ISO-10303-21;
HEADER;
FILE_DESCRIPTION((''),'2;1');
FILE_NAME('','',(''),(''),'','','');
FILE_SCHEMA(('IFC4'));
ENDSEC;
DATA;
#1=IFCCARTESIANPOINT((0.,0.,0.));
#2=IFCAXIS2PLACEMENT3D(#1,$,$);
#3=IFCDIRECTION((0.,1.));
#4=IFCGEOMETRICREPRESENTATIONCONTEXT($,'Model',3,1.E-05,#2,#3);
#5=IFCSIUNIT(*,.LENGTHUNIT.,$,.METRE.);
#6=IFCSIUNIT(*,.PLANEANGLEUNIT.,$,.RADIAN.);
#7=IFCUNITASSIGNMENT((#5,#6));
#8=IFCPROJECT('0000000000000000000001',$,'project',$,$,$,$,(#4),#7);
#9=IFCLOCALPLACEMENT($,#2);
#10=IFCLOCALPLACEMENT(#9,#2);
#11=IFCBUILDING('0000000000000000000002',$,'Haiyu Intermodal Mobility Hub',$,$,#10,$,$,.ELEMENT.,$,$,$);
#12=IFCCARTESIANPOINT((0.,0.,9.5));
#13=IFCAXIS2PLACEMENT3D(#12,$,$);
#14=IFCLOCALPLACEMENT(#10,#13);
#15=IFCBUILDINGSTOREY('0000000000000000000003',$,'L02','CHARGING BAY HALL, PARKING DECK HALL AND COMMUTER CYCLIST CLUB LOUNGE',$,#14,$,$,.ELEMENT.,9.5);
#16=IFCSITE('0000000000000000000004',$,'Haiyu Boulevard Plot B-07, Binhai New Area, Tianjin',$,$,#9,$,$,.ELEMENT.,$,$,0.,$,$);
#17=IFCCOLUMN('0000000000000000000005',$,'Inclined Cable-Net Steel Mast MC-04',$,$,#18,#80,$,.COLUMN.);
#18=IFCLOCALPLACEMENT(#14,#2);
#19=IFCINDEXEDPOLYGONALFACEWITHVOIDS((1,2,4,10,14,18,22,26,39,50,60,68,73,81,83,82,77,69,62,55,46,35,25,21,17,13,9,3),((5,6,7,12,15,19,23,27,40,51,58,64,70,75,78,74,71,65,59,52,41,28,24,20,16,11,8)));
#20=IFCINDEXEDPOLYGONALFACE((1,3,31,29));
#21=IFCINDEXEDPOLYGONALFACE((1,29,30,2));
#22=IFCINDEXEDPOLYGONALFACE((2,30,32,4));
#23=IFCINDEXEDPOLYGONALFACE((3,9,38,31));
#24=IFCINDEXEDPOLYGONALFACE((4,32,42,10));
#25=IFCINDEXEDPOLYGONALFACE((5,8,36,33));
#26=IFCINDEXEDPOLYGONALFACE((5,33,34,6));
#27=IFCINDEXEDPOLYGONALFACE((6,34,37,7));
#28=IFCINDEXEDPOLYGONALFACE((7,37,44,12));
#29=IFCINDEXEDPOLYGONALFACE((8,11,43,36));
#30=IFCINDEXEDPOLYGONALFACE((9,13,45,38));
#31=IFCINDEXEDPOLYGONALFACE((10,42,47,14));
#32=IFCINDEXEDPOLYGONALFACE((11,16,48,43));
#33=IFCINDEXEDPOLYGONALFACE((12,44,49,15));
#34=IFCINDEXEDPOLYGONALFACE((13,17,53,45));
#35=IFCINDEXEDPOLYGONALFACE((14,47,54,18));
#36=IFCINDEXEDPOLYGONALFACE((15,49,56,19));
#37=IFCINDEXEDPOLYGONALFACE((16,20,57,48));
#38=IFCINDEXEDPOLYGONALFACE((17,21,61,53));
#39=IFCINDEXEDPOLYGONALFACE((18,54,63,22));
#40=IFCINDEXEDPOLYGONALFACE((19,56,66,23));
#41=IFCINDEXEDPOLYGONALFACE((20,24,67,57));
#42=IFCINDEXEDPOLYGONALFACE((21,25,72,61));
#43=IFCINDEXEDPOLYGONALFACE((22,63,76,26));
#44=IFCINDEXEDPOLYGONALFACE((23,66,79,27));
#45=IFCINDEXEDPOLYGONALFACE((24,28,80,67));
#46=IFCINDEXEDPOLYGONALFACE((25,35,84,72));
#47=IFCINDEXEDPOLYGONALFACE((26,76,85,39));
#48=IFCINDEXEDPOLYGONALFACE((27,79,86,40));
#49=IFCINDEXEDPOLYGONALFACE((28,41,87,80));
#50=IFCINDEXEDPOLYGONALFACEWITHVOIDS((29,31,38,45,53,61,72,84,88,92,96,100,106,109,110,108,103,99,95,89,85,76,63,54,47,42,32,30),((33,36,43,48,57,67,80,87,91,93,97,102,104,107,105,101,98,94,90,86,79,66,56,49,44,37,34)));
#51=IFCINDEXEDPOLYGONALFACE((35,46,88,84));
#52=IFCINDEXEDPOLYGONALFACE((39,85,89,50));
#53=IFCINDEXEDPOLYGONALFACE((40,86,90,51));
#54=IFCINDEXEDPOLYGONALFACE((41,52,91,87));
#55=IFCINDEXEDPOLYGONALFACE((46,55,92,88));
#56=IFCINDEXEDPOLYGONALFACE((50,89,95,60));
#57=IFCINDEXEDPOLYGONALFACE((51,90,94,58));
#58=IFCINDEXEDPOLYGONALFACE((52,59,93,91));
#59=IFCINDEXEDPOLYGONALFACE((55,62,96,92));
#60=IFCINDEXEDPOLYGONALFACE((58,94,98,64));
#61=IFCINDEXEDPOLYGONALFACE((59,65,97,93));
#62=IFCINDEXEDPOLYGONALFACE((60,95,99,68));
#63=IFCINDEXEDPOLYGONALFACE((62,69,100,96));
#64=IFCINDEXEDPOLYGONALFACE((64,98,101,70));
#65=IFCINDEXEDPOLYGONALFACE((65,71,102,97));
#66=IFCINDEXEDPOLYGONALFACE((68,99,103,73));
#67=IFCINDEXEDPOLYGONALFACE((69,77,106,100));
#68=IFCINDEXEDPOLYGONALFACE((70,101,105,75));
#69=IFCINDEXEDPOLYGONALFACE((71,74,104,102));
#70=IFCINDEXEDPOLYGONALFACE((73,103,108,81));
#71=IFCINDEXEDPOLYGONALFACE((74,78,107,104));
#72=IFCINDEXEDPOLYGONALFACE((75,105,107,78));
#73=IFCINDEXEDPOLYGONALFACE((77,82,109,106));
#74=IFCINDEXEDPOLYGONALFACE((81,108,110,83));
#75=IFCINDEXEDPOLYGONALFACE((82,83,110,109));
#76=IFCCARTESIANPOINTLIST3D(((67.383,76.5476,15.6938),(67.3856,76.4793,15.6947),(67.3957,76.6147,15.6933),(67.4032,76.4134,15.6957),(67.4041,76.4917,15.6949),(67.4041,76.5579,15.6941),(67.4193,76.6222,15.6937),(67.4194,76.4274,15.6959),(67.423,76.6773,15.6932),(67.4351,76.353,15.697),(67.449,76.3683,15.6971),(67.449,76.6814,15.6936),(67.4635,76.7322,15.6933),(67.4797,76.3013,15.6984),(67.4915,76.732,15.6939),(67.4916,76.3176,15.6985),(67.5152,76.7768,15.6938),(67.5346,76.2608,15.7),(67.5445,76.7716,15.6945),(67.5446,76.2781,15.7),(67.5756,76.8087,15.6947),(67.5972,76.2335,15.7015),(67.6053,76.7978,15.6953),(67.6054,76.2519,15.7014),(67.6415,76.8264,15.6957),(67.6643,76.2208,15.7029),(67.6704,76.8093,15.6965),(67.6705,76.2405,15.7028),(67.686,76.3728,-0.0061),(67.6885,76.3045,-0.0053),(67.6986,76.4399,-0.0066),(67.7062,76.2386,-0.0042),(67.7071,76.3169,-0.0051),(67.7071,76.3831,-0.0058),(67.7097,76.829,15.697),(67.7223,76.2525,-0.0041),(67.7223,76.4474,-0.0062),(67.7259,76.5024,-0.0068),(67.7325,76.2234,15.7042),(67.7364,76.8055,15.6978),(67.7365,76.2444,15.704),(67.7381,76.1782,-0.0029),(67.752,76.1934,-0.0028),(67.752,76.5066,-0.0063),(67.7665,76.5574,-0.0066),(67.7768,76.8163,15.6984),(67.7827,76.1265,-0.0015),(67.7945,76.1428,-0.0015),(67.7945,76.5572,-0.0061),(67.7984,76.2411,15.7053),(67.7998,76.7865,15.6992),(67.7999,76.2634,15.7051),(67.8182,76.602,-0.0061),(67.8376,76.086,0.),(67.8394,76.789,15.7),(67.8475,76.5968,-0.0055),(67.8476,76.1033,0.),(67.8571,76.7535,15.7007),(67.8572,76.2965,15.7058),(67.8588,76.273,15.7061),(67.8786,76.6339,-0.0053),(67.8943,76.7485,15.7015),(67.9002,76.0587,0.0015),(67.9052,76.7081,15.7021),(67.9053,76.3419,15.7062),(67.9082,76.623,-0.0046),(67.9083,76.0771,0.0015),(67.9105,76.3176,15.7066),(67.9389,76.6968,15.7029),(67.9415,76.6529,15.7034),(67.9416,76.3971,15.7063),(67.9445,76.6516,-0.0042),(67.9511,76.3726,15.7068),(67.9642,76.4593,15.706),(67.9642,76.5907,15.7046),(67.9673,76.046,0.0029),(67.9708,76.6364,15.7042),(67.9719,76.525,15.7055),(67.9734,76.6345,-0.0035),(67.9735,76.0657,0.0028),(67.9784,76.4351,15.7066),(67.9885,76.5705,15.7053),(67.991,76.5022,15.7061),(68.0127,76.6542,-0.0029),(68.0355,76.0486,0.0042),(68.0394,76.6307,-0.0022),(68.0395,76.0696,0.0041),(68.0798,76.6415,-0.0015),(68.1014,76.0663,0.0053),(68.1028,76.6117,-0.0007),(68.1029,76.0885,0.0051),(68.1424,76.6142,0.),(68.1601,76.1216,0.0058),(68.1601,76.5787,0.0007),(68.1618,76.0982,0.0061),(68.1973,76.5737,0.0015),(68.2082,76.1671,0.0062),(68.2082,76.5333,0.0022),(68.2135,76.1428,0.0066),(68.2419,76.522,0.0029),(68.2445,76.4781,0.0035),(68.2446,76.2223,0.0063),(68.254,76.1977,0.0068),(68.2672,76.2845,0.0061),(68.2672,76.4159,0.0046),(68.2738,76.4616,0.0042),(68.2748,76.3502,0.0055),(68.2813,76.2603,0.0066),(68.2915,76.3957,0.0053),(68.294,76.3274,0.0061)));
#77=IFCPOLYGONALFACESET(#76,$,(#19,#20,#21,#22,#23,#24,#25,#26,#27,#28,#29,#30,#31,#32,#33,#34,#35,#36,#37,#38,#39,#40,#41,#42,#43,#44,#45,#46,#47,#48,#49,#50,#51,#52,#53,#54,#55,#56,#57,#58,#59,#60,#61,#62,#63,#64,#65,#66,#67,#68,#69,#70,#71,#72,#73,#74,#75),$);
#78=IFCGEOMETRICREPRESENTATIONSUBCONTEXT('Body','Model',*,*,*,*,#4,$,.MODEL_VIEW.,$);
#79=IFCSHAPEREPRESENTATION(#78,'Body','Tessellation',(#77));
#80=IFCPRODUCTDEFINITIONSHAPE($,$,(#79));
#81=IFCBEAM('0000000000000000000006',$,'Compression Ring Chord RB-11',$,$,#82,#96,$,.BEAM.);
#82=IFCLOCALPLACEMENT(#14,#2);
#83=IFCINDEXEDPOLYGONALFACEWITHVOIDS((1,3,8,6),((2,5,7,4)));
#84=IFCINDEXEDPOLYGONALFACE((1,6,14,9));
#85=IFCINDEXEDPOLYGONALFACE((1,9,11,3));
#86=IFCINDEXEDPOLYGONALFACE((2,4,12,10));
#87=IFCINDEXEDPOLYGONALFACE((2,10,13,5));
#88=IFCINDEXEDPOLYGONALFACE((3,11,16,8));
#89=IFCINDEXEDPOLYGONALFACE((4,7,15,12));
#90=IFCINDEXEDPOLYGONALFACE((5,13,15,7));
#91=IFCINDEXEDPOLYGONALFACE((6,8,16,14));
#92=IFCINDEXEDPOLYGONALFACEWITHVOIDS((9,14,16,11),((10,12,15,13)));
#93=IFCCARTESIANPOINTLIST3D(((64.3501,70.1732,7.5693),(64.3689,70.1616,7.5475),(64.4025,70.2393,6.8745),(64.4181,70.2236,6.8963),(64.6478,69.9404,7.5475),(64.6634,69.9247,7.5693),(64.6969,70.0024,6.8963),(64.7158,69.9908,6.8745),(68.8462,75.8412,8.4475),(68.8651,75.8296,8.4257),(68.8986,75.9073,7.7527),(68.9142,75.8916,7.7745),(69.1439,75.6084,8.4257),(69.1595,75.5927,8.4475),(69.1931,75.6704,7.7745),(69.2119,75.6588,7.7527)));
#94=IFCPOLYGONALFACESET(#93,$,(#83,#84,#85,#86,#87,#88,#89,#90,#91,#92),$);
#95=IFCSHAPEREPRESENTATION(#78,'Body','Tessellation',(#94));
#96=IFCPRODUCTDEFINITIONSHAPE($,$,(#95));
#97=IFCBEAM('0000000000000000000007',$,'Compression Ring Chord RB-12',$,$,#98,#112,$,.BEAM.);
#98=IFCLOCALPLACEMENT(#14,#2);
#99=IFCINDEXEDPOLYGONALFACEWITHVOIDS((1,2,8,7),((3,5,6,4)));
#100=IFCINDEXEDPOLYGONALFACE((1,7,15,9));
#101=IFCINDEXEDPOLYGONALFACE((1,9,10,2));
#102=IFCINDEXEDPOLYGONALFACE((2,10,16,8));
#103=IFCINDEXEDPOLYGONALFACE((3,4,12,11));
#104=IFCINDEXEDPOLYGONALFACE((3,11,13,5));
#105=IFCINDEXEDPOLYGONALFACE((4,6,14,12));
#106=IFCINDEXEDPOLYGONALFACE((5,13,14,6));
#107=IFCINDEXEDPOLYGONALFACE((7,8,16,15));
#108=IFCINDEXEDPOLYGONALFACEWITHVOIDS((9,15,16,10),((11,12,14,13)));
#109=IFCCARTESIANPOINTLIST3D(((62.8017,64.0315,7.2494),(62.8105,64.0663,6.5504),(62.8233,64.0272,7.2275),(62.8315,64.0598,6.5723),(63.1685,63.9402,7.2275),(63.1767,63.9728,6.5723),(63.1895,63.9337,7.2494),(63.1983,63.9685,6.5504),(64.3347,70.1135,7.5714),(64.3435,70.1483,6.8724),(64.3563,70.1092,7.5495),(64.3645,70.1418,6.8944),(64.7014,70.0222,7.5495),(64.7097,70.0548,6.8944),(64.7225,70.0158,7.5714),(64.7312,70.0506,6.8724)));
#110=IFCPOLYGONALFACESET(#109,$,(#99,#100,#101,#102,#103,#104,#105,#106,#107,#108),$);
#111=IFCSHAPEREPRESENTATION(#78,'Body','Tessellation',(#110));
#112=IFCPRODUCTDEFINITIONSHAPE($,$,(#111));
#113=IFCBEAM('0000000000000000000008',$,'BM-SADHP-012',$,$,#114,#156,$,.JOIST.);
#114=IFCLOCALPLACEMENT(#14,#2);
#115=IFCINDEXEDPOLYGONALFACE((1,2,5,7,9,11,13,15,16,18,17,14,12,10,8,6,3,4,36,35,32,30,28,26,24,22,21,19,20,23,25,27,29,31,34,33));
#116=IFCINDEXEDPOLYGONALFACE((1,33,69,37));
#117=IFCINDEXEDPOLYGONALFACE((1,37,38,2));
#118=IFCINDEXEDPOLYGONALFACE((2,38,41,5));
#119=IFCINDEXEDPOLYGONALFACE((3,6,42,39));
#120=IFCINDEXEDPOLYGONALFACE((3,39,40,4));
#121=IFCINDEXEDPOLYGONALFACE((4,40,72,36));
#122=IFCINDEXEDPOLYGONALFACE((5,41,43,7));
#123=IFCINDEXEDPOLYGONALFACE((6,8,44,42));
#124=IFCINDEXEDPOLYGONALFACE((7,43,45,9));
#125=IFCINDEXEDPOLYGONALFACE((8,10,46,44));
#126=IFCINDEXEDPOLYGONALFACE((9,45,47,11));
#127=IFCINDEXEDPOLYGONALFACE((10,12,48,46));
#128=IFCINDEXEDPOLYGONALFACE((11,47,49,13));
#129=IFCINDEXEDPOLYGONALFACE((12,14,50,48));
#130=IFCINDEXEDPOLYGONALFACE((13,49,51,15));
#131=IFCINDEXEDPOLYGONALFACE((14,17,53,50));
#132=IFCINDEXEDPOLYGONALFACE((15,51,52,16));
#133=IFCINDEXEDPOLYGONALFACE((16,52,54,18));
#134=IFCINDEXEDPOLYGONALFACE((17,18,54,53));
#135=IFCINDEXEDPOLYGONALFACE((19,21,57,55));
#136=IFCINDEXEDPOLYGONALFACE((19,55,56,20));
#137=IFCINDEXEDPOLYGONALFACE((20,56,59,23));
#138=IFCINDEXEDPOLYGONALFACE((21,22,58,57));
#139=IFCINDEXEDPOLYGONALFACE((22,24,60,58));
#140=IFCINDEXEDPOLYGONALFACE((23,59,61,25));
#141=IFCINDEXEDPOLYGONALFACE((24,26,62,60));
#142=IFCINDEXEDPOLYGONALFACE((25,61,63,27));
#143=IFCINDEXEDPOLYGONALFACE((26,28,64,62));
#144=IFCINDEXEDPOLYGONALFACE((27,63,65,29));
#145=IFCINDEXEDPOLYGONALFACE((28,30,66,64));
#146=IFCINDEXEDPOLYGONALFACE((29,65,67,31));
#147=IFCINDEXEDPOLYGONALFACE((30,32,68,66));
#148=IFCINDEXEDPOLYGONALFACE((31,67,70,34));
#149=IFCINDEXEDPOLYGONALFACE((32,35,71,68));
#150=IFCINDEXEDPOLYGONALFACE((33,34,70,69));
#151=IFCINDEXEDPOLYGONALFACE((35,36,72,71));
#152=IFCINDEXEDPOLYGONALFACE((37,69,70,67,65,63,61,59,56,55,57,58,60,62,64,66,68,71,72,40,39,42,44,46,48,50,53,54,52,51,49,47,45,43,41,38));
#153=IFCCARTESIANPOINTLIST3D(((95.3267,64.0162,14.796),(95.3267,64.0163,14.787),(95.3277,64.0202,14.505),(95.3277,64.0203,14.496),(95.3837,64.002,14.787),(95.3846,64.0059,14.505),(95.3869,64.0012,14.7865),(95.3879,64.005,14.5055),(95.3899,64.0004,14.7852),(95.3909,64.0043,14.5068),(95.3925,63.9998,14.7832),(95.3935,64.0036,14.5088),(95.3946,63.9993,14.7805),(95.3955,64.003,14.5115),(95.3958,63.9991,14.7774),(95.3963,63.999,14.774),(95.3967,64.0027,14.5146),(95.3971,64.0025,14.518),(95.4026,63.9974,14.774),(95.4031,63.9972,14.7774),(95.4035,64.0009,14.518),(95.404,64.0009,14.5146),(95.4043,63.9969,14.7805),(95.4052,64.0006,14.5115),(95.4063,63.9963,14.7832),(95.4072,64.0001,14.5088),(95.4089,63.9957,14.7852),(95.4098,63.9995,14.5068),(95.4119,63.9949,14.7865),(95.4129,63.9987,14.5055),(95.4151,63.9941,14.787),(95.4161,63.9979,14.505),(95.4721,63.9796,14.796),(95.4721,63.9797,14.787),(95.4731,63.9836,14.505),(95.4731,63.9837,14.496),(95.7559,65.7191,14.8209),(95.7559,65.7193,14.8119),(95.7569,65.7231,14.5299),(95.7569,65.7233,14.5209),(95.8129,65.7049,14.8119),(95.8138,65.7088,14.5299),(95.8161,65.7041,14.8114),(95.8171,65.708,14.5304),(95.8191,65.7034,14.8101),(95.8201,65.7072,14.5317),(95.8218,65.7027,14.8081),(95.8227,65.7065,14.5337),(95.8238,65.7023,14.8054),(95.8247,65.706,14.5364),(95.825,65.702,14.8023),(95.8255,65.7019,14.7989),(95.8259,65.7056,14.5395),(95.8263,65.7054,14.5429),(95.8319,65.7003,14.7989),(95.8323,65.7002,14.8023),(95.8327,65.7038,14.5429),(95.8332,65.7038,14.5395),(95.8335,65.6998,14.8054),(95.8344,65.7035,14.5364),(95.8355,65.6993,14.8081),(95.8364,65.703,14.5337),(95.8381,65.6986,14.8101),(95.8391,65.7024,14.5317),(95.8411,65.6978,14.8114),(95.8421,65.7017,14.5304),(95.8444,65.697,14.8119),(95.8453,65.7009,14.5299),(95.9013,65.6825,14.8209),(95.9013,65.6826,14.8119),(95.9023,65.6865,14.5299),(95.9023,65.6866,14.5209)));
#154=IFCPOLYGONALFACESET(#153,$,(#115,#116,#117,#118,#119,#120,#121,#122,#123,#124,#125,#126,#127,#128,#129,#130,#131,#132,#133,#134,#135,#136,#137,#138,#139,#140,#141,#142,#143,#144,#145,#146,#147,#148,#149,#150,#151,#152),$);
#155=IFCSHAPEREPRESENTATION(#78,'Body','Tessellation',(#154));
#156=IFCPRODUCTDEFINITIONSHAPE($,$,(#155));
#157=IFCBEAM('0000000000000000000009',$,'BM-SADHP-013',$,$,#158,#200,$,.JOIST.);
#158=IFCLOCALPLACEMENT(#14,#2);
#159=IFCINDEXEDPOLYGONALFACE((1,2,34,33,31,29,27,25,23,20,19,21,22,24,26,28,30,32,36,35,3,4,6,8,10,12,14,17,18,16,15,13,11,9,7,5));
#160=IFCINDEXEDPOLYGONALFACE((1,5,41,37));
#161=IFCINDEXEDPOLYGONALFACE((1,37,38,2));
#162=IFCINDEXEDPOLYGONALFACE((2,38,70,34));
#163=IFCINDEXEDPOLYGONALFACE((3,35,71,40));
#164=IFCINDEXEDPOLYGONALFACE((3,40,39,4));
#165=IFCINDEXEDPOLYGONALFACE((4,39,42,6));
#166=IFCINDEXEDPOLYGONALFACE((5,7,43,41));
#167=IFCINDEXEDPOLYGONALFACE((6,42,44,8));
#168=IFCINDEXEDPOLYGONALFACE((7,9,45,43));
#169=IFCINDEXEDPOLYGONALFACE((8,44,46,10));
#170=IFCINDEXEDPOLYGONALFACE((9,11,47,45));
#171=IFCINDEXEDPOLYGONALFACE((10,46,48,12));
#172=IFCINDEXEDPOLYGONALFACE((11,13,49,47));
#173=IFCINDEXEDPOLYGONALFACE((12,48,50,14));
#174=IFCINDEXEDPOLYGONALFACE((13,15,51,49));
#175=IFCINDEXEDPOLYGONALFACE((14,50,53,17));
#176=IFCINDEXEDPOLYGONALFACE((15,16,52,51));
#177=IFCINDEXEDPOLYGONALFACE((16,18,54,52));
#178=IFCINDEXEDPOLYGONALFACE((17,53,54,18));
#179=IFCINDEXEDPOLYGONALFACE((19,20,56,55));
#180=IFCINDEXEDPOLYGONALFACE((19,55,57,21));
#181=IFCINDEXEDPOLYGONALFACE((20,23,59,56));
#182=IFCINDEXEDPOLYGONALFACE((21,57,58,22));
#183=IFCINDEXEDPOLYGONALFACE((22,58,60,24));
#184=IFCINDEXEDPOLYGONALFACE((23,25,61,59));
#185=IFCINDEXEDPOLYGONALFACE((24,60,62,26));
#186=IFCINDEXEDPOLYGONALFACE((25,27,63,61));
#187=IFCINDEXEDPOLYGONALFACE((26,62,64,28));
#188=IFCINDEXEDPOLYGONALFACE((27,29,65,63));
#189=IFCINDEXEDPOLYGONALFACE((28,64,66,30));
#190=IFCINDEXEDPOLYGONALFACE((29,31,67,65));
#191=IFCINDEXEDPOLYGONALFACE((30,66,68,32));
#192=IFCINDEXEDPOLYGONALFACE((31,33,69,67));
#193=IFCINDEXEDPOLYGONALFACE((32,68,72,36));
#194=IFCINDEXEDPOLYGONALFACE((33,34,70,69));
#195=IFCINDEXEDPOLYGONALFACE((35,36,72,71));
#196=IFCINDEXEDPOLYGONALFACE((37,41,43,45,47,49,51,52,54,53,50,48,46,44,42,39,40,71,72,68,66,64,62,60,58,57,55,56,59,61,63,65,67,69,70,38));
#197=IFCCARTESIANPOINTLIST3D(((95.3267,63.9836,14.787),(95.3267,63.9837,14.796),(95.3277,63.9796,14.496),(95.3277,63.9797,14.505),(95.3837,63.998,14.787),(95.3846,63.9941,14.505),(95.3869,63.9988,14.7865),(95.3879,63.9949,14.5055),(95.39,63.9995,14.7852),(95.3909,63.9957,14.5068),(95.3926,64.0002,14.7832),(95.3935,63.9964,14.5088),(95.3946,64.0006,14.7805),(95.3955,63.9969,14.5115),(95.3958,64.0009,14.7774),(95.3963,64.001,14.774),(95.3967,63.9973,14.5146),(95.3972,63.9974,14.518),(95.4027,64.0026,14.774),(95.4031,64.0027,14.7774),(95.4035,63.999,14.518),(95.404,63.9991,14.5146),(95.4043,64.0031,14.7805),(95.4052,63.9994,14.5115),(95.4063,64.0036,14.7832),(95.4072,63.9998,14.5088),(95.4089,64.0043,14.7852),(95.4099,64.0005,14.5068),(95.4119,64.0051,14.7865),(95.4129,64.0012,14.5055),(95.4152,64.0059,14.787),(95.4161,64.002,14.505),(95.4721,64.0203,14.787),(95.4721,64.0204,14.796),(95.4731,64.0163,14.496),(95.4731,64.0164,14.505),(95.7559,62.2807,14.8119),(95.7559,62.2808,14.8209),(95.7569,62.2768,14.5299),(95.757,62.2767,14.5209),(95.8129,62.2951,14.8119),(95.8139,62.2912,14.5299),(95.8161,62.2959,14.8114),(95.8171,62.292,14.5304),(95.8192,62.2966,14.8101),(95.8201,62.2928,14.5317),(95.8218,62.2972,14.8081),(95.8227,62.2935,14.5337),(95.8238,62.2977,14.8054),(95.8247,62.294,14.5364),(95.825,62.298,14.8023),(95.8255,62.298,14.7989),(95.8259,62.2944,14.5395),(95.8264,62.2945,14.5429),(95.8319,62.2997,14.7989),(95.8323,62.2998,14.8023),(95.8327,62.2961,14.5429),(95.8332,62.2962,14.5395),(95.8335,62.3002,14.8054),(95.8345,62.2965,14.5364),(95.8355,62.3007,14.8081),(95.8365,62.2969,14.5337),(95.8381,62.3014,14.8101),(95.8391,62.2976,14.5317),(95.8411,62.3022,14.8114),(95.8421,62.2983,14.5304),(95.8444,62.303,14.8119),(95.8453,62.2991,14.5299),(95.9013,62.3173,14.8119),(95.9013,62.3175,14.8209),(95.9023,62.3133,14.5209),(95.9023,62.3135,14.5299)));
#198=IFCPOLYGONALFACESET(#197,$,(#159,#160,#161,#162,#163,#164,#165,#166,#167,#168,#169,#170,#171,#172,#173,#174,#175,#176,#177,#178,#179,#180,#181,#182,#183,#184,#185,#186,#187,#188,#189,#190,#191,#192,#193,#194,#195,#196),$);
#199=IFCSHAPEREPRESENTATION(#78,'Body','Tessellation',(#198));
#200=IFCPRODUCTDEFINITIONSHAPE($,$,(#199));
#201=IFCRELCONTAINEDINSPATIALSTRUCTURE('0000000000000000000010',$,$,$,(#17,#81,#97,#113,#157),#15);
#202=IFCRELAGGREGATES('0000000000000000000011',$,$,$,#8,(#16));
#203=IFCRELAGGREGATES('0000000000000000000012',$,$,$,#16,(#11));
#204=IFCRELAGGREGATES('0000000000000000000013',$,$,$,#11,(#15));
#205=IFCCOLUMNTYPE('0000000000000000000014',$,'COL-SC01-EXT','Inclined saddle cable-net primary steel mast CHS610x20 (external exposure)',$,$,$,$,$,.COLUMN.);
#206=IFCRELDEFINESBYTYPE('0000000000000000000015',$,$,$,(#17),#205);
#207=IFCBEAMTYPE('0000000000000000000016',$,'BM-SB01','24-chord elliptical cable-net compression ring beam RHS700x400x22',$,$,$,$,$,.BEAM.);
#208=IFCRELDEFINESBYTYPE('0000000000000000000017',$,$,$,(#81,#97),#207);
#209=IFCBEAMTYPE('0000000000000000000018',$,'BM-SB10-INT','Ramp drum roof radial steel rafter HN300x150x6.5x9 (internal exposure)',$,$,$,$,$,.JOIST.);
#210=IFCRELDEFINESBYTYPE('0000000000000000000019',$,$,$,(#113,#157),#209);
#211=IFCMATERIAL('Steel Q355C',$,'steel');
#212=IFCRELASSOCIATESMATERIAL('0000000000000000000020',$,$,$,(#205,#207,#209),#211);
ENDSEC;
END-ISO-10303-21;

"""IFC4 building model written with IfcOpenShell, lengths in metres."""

from ifc_helpers import new_model, si_unit, direction, frame, origin, origin_2d, place, context, subcontext, project, spatial, hollow_rectangle, hollow_circle, i_section, extrude, material, material_profile, profile_set, type_object, element, save


model = new_model("IFC4")

# Units and contexts
model_context = context("Model", 3, precision=1e-05, world=origin(), true_north=direction((0.0, 1.0)))
body_context = subcontext(model_context, "Body", "Model", "MODEL_VIEW")
ifc_project = project(units=[si_unit("LENGTHUNIT", "METRE"), si_unit("PLANEANGLEUNIT", "RADIAN")], contexts=[model_context])

# Site, building, storey
site_placement = place(None, origin())
site = spatial("IfcSite", under=ifc_project, at=site_placement, Name="Haiyu Boulevard Plot B-07, Binhai New Area, Tianjin", CompositionType="ELEMENT", RefElevation=0.0)
building_placement = place(site_placement, origin())
building = spatial("IfcBuilding", under=site, at=building_placement, Name="Haiyu Intermodal Mobility Hub", CompositionType="ELEMENT")
storey_placement = place(building_placement, frame((0.0, 0.0, 9.5)))
storey = spatial("IfcBuildingStorey", under=building, at=storey_placement, Name="L02", Description="CHARGING BAY HALL, PARKING DECK HALL AND COMMUTER CYCLIST CLUB LOUNGE", CompositionType="ELEMENT", Elevation=9.5)

# Column
ifc_material_1 = material(Name="Steel Q355C", Category="steel")
ifc_material_profile_1 = material_profile(ifc_material_1, hollow_circle(Radius=0.3049, WallThickness=0.02, at=origin_2d()), Name="CHS610x20")
ifc_profile_set_1 = profile_set([ifc_material_profile_1], Name="Steel Q355C")
column_type = type_object("IfcColumnType", Name="COL-SC01-EXT", Description="Inclined saddle cable-net primary steel mast CHS610x20 (external exposure)", PredefinedType="COLUMN", material=ifc_profile_set_1)
column_placement = place(storey_placement, frame((67.99, 76.3501, 0.0), z_axis=(-0.019293, 0.011131, 0.999752), x_axis=(-0.499743, -0.866174, 0.0)))
element("IfcColumn", 1, at=column_placement, inside=storey, type_object=column_type, Name="Inclined Cable-Net Steel Mast MC-04", PredefinedType="COLUMN", context=body_context, shape_type="SweptSolid", body=[
    extrude(hollow_circle(Radius=0.3049, WallThickness=0.02, at=origin_2d()), origin(), (0.0, 0.0, 1.0), 15.7039),
])

# Beams
ifc_material_profile_2 = material_profile(ifc_material_1, hollow_rectangle(XDim=0.3999, YDim=0.7, WallThickness=0.022, at=origin_2d()), Name="RHS700x400x22")
ifc_profile_set_2 = profile_set([ifc_material_profile_2], Name="Steel Q355C")
beam_type_1 = type_object("IfcBeamType", Name="BM-SB01", Description="24-chord elliptical cable-net compression ring beam RHS700x400x22", PredefinedType="BEAM", material=ifc_profile_set_2)
beam_1_placement = place(storey_placement, frame((69.0291, 75.75, 8.1001), z_axis=(-0.616935, -0.777735, -0.120499), x_axis=(0.783443, -0.621463, 0.0)))
element("IfcBeam", 2, at=beam_1_placement, inside=storey, type_object=beam_type_1, Name="Compression Ring Chord RB-11", PredefinedType="BEAM", context=body_context, shape_type="SweptSolid", body=[
    extrude(hollow_rectangle(XDim=0.3999, YDim=0.7, WallThickness=0.022, at=origin_2d()), origin(), (0.0, 0.0, 1.0), 7.2878),
])
beam_2_placement = place(storey_placement, frame((64.533, 70.082, 7.2219), z_axis=(-0.244082, -0.968398, -0.051273), x_axis=(0.969674, -0.244404, 0.0)))
element("IfcBeam", 3, at=beam_2_placement, inside=storey, type_object=beam_type_1, Name="Compression Ring Chord RB-12", PredefinedType="BEAM", context=body_context, shape_type="SweptSolid", body=[
    extrude(hollow_rectangle(XDim=0.3999, YDim=0.7, WallThickness=0.022, at=origin_2d()), origin(), (0.0, 0.0, 1.0), 6.2805),
])
ifc_material_profile_3 = material_profile(ifc_material_1, i_section(OverallWidth=0.1499, OverallDepth=0.3, WebThickness=0.0066, FlangeThickness=0.009, FilletRadius=0.0129, at=origin_2d()), Name="HN300x150x6.5x9")
ifc_profile_set_3 = profile_set([ifc_material_profile_3], Name="Steel Q355C")
beam_type_2 = type_object("IfcBeamType", Name="BM-SB10-INT", Description="Ramp drum roof radial steel rafter HN300x150x6.5x9 (internal exposure)", PredefinedType="JOIST", material=ifc_profile_set_3)
for number, where, z_axis, x_axis, name in (
    (4, (95.8291, 65.7029, 14.6709), (-0.244375, -0.969577, -0.014179), (0.969675, -0.2444, 0.0), "BM-SADHP-012"),
    (5, (95.3999, 64.0, 14.646), (0.244375, -0.969577, 0.014179), (0.969675, 0.2444, 0.0), "BM-SADHP-013"),
):
    element("IfcBeam", number, at=place(storey_placement, frame(where, z_axis=z_axis, x_axis=x_axis)), inside=storey, type_object=beam_type_2, Name=name, PredefinedType="JOIST", context=body_context, shape_type="SweptSolid", body=[
        extrude(i_section(OverallWidth=0.1499, OverallDepth=0.3, WebThickness=0.0066, FlangeThickness=0.009, FilletRadius=0.0129, at=origin_2d()), origin(), (0.0, 0.0, 1.0), 1.7563),
    ])

save(model, "model.ifc")
